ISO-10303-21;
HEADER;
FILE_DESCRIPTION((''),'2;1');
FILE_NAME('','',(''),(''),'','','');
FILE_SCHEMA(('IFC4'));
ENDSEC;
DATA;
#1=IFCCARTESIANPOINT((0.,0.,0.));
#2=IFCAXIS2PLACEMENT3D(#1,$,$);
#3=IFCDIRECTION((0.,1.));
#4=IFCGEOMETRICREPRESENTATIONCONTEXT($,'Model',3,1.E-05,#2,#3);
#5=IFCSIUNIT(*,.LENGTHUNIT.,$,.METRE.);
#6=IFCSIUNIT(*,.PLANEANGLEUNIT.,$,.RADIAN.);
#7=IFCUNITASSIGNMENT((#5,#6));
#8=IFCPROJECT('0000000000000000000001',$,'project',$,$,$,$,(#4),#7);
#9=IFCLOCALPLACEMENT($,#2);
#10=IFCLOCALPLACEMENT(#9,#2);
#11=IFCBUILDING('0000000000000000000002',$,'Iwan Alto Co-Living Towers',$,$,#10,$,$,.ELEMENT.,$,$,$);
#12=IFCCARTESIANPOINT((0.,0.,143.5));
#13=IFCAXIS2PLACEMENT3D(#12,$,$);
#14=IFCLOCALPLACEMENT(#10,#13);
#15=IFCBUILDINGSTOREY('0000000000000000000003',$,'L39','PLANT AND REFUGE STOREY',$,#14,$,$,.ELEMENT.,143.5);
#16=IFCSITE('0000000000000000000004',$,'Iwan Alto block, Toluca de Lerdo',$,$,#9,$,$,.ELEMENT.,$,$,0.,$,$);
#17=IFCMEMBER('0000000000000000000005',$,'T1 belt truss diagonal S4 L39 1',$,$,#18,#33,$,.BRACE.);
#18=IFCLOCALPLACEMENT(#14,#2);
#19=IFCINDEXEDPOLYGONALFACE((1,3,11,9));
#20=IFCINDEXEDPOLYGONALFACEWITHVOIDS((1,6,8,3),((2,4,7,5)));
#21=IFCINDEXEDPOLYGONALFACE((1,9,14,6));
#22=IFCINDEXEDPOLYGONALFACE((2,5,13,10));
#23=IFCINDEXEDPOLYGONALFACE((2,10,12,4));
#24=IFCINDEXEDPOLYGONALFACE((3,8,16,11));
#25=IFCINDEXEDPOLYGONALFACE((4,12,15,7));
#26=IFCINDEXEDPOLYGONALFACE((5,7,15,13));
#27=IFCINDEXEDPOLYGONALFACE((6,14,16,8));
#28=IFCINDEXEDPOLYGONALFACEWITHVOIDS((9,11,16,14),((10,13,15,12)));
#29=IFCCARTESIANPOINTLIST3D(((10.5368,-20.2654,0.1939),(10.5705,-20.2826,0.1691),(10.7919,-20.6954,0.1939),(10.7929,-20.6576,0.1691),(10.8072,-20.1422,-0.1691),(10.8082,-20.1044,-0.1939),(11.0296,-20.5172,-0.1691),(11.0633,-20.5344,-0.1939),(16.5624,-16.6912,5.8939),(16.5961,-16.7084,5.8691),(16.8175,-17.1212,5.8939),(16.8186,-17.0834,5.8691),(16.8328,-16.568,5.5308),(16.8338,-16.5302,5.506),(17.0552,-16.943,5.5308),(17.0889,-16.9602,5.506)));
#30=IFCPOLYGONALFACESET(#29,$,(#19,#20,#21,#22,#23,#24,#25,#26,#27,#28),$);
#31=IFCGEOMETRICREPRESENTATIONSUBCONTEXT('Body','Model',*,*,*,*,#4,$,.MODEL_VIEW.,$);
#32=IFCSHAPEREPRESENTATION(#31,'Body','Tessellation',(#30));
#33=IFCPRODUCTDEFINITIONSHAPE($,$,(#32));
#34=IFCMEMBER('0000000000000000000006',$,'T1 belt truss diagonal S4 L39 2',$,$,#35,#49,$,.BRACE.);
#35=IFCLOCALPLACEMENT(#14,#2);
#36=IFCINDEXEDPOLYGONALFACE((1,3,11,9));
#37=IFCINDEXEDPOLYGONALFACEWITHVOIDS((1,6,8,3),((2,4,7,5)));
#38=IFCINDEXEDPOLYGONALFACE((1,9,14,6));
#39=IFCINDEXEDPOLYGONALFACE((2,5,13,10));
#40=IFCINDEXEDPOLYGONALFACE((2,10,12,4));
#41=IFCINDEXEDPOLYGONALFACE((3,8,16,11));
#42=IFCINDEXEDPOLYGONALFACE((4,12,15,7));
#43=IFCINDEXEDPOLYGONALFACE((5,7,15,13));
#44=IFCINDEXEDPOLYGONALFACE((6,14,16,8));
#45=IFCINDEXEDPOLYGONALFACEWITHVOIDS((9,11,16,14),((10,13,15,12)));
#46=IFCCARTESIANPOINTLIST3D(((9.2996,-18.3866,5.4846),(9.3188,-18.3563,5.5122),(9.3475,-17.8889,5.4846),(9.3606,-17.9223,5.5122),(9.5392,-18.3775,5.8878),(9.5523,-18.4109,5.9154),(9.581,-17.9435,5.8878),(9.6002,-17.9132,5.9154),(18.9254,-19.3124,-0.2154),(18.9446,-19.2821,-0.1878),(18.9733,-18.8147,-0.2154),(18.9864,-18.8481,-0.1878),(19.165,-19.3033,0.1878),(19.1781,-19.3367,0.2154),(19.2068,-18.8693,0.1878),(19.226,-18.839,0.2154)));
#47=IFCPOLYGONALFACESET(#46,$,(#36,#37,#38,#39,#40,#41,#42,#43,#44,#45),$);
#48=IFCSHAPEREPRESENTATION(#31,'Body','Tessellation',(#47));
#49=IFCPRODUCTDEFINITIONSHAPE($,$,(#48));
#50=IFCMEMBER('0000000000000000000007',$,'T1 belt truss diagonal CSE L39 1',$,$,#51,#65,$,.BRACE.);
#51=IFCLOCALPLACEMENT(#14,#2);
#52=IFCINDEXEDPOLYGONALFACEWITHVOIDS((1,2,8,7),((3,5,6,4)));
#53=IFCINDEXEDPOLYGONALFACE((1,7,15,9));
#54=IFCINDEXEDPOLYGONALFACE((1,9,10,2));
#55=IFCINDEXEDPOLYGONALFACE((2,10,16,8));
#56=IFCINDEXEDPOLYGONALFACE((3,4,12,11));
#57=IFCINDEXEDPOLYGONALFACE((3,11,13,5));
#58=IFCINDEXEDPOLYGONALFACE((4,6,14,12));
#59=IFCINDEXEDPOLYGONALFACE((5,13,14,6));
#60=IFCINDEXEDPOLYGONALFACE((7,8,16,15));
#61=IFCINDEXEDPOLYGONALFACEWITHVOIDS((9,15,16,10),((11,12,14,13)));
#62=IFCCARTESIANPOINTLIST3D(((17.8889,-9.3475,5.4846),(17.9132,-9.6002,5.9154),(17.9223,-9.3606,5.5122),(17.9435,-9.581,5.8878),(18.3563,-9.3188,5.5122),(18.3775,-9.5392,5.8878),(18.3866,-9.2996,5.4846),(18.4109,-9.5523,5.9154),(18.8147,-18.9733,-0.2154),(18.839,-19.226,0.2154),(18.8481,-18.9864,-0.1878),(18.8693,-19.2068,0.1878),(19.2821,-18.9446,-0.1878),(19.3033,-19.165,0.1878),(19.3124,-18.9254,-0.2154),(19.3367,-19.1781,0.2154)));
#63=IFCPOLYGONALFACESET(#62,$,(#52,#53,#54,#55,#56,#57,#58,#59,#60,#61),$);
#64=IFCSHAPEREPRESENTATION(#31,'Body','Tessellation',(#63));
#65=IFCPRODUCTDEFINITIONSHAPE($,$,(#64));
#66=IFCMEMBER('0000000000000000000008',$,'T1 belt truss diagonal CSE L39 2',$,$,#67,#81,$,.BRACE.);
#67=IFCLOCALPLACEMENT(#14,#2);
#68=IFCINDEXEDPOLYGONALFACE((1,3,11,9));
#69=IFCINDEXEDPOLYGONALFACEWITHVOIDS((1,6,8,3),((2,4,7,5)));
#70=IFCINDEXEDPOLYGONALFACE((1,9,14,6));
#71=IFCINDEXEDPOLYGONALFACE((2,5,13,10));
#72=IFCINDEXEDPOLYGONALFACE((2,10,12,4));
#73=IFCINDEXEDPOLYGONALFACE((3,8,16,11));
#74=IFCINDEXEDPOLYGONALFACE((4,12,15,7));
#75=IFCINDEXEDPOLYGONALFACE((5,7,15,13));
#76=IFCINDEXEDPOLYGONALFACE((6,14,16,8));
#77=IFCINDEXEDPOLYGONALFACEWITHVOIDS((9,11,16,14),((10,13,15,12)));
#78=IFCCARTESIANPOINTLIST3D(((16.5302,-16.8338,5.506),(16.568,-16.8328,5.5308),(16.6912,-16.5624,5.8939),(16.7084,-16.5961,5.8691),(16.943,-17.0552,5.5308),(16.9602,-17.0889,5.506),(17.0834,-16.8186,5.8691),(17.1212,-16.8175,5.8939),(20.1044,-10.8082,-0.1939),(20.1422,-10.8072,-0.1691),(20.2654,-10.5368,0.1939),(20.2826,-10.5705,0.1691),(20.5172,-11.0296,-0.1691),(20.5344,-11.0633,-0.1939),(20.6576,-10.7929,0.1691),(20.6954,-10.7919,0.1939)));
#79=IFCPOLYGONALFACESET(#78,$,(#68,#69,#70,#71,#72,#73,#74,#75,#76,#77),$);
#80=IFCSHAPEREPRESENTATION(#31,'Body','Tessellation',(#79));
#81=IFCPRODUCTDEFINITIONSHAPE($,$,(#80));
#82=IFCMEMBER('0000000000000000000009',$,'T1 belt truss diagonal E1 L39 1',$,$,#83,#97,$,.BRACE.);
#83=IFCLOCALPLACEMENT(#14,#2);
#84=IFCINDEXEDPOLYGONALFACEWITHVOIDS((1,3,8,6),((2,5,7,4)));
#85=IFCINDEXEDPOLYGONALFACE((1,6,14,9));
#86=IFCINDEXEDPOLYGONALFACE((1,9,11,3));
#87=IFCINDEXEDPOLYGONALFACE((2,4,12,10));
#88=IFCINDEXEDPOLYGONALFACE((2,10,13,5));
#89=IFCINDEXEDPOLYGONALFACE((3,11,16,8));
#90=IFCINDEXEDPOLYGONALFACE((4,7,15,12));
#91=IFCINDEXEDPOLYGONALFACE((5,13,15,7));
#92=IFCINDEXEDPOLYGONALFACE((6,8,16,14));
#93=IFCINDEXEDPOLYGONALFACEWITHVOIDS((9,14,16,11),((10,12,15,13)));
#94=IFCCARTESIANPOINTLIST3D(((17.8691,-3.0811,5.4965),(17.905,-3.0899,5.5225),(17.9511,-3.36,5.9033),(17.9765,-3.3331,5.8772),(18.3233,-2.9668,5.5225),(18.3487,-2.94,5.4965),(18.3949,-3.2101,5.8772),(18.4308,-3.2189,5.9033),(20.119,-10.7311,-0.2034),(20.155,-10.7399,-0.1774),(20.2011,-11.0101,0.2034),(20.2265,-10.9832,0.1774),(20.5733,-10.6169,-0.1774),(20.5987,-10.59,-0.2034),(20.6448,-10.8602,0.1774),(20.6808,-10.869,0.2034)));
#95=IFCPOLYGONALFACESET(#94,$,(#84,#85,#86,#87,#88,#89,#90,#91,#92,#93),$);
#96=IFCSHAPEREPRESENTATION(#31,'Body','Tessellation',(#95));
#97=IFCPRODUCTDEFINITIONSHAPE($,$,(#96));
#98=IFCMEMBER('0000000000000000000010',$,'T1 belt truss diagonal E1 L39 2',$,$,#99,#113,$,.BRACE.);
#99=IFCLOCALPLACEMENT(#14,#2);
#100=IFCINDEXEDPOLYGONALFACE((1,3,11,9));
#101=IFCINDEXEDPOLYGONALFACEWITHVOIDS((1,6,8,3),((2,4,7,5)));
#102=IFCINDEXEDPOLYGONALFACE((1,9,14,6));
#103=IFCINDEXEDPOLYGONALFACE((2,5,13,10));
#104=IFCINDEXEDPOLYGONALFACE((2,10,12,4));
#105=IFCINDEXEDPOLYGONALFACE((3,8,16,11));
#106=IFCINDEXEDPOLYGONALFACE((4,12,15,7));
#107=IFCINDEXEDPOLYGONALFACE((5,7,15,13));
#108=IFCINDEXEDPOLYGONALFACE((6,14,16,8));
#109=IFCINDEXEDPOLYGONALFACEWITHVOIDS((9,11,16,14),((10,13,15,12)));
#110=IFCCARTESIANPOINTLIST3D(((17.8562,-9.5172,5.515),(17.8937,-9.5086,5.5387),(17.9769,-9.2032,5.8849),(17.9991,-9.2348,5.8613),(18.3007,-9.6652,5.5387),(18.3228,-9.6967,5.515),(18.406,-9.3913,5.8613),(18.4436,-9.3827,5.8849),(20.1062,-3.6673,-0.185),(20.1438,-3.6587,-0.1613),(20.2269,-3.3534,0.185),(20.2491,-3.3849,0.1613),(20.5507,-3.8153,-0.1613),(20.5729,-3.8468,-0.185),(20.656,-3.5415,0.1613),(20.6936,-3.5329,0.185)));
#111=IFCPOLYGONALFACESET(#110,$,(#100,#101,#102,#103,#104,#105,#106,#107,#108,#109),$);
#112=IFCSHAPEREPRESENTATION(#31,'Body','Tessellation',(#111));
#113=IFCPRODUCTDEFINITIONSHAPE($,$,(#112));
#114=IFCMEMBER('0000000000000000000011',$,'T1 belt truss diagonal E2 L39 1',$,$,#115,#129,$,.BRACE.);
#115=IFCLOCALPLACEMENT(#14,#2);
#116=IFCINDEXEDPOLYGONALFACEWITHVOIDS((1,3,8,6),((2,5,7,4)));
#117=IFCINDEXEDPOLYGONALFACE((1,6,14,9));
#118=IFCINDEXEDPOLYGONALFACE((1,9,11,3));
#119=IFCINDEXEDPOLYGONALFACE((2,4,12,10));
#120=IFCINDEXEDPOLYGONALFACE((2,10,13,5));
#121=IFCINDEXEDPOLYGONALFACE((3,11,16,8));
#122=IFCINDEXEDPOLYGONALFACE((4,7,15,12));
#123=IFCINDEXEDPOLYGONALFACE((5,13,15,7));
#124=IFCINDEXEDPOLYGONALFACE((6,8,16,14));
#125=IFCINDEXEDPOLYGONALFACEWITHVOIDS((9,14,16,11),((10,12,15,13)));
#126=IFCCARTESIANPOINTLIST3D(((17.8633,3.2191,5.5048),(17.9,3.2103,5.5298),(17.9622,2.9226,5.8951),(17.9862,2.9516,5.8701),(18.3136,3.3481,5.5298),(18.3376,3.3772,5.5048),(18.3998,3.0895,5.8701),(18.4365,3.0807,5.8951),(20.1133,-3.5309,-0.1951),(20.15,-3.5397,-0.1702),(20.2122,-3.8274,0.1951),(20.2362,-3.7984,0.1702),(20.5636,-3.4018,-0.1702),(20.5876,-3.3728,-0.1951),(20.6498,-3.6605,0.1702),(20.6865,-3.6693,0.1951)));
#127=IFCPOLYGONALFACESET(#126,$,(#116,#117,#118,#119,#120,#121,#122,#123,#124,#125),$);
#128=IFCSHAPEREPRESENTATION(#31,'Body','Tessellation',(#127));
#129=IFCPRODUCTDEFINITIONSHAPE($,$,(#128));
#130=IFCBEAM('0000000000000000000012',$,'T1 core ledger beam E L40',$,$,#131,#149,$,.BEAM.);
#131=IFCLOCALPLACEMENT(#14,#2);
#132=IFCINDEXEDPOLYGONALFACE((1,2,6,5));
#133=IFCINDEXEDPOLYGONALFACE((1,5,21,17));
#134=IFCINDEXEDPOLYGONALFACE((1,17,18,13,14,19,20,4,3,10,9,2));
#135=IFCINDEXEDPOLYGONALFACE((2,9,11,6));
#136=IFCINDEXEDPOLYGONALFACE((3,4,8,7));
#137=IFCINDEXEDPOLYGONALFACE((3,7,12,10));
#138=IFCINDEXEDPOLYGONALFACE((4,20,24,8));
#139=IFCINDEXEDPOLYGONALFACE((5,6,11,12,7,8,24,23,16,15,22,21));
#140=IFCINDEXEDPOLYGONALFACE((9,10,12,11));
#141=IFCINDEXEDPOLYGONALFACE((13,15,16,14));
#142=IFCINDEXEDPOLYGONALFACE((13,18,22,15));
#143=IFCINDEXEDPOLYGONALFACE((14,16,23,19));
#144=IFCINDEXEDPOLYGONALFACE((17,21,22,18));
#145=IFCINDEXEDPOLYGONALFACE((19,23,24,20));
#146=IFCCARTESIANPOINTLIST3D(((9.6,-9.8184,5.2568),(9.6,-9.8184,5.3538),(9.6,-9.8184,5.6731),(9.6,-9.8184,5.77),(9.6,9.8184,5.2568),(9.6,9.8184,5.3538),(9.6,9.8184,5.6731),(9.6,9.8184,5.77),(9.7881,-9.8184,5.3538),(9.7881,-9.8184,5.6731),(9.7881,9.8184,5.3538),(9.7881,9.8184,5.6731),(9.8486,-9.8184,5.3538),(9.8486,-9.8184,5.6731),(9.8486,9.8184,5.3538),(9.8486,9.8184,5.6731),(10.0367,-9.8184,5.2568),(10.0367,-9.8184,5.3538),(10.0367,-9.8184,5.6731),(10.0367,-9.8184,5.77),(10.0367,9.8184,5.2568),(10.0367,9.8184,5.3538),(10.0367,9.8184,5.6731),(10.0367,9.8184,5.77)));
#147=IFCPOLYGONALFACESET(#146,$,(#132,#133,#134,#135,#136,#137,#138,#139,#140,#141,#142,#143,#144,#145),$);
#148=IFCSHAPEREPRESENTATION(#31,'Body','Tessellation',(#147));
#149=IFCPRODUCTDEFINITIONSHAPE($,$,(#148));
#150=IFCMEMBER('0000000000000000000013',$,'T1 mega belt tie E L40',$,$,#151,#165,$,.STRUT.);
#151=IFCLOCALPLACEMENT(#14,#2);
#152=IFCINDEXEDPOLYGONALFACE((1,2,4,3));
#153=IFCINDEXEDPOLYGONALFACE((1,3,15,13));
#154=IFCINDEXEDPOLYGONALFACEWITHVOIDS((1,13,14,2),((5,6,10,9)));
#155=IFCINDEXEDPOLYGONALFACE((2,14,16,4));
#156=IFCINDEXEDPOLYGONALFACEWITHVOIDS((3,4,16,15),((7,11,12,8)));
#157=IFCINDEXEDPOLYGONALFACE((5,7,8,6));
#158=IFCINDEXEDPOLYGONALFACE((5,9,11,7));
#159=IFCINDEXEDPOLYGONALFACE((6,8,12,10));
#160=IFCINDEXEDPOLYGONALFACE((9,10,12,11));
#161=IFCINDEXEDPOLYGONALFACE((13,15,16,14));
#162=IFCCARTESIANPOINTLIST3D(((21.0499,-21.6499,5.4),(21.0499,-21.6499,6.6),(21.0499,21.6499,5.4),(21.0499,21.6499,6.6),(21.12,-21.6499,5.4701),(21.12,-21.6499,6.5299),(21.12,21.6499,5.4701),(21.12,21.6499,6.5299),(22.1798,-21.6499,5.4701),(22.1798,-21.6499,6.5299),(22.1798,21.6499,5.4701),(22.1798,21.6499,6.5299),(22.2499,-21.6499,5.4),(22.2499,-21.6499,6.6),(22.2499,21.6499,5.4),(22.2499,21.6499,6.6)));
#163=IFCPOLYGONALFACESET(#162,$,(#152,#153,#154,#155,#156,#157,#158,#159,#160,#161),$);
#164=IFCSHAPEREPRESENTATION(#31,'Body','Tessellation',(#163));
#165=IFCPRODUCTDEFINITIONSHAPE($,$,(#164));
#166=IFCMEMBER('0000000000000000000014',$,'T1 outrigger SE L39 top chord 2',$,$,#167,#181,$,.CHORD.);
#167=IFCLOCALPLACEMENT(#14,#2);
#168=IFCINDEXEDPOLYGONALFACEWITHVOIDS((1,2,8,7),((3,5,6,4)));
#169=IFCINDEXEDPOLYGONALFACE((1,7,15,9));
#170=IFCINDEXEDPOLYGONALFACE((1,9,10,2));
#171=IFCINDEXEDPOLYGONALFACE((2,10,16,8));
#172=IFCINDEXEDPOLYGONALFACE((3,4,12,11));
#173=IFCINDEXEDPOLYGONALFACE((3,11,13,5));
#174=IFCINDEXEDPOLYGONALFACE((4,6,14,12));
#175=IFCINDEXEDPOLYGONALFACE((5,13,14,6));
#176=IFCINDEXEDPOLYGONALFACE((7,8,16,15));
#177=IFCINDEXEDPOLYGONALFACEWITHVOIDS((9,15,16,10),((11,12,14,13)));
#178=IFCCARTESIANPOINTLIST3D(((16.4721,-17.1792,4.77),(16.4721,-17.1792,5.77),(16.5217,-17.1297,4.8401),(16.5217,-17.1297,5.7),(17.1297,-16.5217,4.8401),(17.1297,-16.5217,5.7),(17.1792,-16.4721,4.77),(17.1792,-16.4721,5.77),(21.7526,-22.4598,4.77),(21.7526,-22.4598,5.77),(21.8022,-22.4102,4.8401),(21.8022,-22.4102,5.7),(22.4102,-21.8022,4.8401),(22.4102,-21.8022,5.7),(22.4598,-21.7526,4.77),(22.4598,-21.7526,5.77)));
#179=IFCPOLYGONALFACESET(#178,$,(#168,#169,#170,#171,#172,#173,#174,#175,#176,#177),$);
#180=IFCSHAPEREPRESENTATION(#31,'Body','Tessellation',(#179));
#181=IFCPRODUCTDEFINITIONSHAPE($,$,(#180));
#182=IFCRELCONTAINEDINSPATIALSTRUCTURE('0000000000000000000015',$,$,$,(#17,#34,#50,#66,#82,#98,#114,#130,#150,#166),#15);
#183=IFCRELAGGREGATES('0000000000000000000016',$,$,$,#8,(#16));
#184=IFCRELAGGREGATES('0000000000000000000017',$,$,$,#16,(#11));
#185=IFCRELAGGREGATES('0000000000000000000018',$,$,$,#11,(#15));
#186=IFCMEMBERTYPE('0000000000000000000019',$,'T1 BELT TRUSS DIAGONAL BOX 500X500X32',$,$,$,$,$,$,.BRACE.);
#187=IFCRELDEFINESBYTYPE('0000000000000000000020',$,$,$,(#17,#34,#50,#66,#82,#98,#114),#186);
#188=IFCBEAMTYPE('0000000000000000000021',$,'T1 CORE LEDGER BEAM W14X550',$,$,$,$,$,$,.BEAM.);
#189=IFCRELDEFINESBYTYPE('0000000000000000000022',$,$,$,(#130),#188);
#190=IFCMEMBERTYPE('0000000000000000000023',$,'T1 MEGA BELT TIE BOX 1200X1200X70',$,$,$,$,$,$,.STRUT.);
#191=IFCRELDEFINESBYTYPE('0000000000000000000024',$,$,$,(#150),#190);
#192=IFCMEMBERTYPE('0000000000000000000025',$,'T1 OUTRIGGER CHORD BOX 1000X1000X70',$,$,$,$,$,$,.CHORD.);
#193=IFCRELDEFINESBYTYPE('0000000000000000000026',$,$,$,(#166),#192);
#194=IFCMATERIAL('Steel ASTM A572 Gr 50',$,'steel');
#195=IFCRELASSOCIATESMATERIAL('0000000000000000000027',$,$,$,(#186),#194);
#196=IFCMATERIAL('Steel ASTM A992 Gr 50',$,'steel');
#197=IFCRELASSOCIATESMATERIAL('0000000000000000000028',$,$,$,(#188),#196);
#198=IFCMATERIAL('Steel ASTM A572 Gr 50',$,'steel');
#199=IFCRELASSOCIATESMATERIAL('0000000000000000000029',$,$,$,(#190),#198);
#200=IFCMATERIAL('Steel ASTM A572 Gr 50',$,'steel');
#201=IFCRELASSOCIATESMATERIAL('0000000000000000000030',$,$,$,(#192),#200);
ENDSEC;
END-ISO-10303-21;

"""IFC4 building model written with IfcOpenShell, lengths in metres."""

from ifc_helpers import new_model, si_unit, direction, frame, origin, origin_2d, place, context, subcontext, project, spatial, hollow_rectangle, i_section, extrude, material, material_profile, profile_set, type_object, element, save


model = new_model("IFC4")

# Units and contexts
model_context = context("Model", 3, precision=1e-05, world=origin(), true_north=direction((0.0, 1.0)))
body_context = subcontext(model_context, "Body", "Model", "MODEL_VIEW")
ifc_project = project(units=[si_unit("LENGTHUNIT", "METRE"), si_unit("PLANEANGLEUNIT", "RADIAN")], contexts=[model_context])

# Site, building, storey
site_placement = place(None, origin())
site = spatial("IfcSite", under=ifc_project, at=site_placement, Name="Iwan Alto block, Toluca de Lerdo", CompositionType="ELEMENT", RefElevation=0.0)
building_placement = place(site_placement, origin())
building = spatial("IfcBuilding", under=site, at=building_placement, Name="Iwan Alto Co-Living Towers", CompositionType="ELEMENT")
storey_placement = place(building_placement, frame((0.0, 0.0, 143.5)))
storey = spatial("IfcBuildingStorey", under=building, at=storey_placement, Name="L39", Description="PLANT AND REFUGE STOREY", CompositionType="ELEMENT", Elevation=143.5)

# Members
ifc_material_1 = material(Name="Steel ASTM A572 Gr 50", Category="steel")
ifc_material_profile_1 = material_profile(ifc_material_1, hollow_rectangle(XDim=0.5, YDim=0.5, WallThickness=0.032, at=origin_2d()), Name="BOX 500X500X32")
ifc_profile_set_1 = profile_set([ifc_material_profile_1], Name="Steel ASTM A572 Gr 50")
member_type_1 = type_object("IfcMemberType", Name="T1 BELT TRUSS DIAGONAL BOX 500X500X32", PredefinedType="BRACE", material=ifc_profile_set_1)
member_1_placement = place(storey_placement, frame((10.8, -20.3999, 0.0), z_axis=(0.66716, 0.395739, 0.631101), x_axis=(-0.510169, 0.860074, 0.0)))
element("IfcMember", 1, at=member_1_placement, inside=storey, type_object=member_type_1, Name="T1 belt truss diagonal S4 L39 1", PredefinedType="BRACE", context=body_context, shape_type="SweptSolid", body=[
    extrude(hollow_rectangle(XDim=0.5, YDim=0.5, WallThickness=0.032, at=origin_2d()), origin(), (0.0, 0.0, 1.0), 9.0317),
])
for number, where, z_axis, x_axis, name in (
    (2, (19.0757, -19.0757, 0.0), (-0.857524, 0.082475, 0.50779), (-0.095736, -0.995407, 0.0), "T1 belt truss diagonal S4 L39 2"),
    (3, (19.0757, -19.0757, 0.0), (-0.082475, 0.857524, 0.50779), (-0.995407, -0.095736, 0.0), "T1 belt truss diagonal CSE L39 1"),
):
    element("IfcMember", number, at=place(storey_placement, frame(where, z_axis=z_axis, x_axis=x_axis)), inside=storey, type_object=member_type_1, Name=name, PredefinedType="BRACE", context=body_context, shape_type="SweptSolid", body=[
        extrude(hollow_rectangle(XDim=0.5, YDim=0.5, WallThickness=0.032, at=origin_2d()), origin(), (0.0, 0.0, 1.0), 11.2251),
    ])
member_2_placement = place(storey_placement, frame((20.3999, -10.8, 0.0), z_axis=(-0.395739, -0.66716, 0.631101), x_axis=(0.860074, -0.510169, 0.0)))
element("IfcMember", 4, at=member_2_placement, inside=storey, type_object=member_type_1, Name="T1 belt truss diagonal CSE L39 2", PredefinedType="BRACE", context=body_context, shape_type="SweptSolid", body=[
    extrude(hollow_rectangle(XDim=0.5, YDim=0.5, WallThickness=0.032, at=origin_2d()), origin(), (0.0, 0.0, 1.0), 9.0317),
])
member_3_placement = place(storey_placement, frame((20.3999, -10.8, 0.0), z_axis=(-0.229548, 0.780478, 0.581517), x_axis=(-0.959367, -0.282161, 0.0)))
element("IfcMember", 5, at=member_3_placement, inside=storey, type_object=member_type_1, Name="T1 belt truss diagonal E1 L39 1", PredefinedType="BRACE", context=body_context, shape_type="SweptSolid", body=[
    extrude(hollow_rectangle(XDim=0.5, YDim=0.5, WallThickness=0.032, at=origin_2d()), origin(), (0.0, 0.0, 1.0), 9.8018),
])
member_4_placement = place(storey_placement, frame((20.3999, -3.6001, 0.0), z_axis=(-0.265585, -0.690503, 0.672808), x_axis=(0.933343, -0.358987, 0.0)))
element("IfcMember", 6, at=member_4_placement, inside=storey, type_object=member_type_1, Name="T1 belt truss diagonal E1 L39 2", PredefinedType="BRACE", context=body_context, shape_type="SweptSolid", body=[
    extrude(hollow_rectangle(XDim=0.5, YDim=0.5, WallThickness=0.032, at=origin_2d()), origin(), (0.0, 0.0, 1.0), 8.4719),
])
member_5_placement = place(storey_placement, frame((20.3999, -3.6001, 0.0), z_axis=(-0.246799, 0.740398, 0.62522), x_axis=(-0.948683, -0.316228, 0.0)))
element("IfcMember", 7, at=member_5_placement, inside=storey, type_object=member_type_1, Name="T1 belt truss diagonal E2 L39 1", PredefinedType="BRACE", context=body_context, shape_type="SweptSolid", body=[
    extrude(hollow_rectangle(XDim=0.5, YDim=0.5, WallThickness=0.032, at=origin_2d()), origin(), (0.0, 0.0, 1.0), 9.1167),
])

# Beam
ifc_material_2 = material(Name="Steel ASTM A992 Gr 50", Category="steel")
ifc_material_profile_2 = material_profile(ifc_material_2, i_section(OverallWidth=0.4368, OverallDepth=0.5132, WebThickness=0.0605, FlangeThickness=0.0969, at=origin_2d()), Name="W14X550")
ifc_profile_set_2 = profile_set([ifc_material_profile_2], Name="Steel ASTM A992 Gr 50")
beam_type_1 = type_object("IfcBeamType", Name="T1 CORE LEDGER BEAM W14X550", PredefinedType="BEAM", material=ifc_profile_set_2)
beam_1_placement = place(storey_placement, frame((9.8184, -9.8184, 5.5134), z_axis=(0.0, 1.0, 0.0), x_axis=(-1.0, 0.0, 0.0)))
element("IfcBeam", 8, at=beam_1_placement, inside=storey, type_object=beam_type_1, Name="T1 core ledger beam E L40", PredefinedType="BEAM", context=body_context, shape_type="SweptSolid", body=[
    extrude(i_section(OverallWidth=0.4368, OverallDepth=0.5132, WebThickness=0.0605, FlangeThickness=0.0969, at=origin_2d()), origin(), (0.0, 0.0, 1.0), 19.6367),
])

# Members
ifc_material_3 = material(Name="Steel ASTM A572 Gr 50", Category="steel")
ifc_material_profile_3 = material_profile(ifc_material_3, hollow_rectangle(XDim=1.2, YDim=1.2, WallThickness=0.0701, at=origin_2d()), Name="BOX 1200X1200X70")
ifc_profile_set_3 = profile_set([ifc_material_profile_3], Name="Steel ASTM A572 Gr 50")
member_type_2 = type_object("IfcMemberType", Name="T1 MEGA BELT TIE BOX 1200X1200X70", PredefinedType="STRUT", material=ifc_profile_set_3)
member_6_placement = place(storey_placement, frame((21.6499, -21.6499, 6.0), z_axis=(0.0, 1.0, 0.0), x_axis=(-1.0, 0.0, 0.0)))
element("IfcMember", 9, at=member_6_placement, inside=storey, type_object=member_type_2, Name="T1 mega belt tie E L40", PredefinedType="STRUT", context=body_context, shape_type="SweptSolid", body=[
    extrude(hollow_rectangle(XDim=1.2, YDim=1.2, WallThickness=0.0701, at=origin_2d()), origin(), (0.0, 0.0, 1.0), 43.2998),
])
ifc_material_4 = material(Name="Steel ASTM A572 Gr 50", Category="steel")
ifc_material_profile_4 = material_profile(ifc_material_4, hollow_rectangle(XDim=1.0, YDim=1.0, WallThickness=0.0701, at=origin_2d()), Name="BOX 1000X1000X70")
ifc_profile_set_4 = profile_set([ifc_material_profile_4], Name="Steel ASTM A572 Gr 50")
member_type_3 = type_object("IfcMemberType", Name="T1 OUTRIGGER CHORD BOX 1000X1000X70", PredefinedType="CHORD", material=ifc_profile_set_4)
member_7_placement = place(storey_placement, frame((16.8257, -16.8257, 5.27), z_axis=(0.707107, -0.707107, 0.0), x_axis=(0.707107, 0.707107, 0.0)))
element("IfcMember", 10, at=member_7_placement, inside=storey, type_object=member_type_3, Name="T1 outrigger SE L39 top chord 2", PredefinedType="CHORD", context=body_context, shape_type="SweptSolid", body=[
    extrude(hollow_rectangle(XDim=1.0, YDim=1.0, WallThickness=0.0701, at=origin_2d()), origin(), (0.0, 0.0, 1.0), 7.4678),
])

save(model, "model.ifc")
